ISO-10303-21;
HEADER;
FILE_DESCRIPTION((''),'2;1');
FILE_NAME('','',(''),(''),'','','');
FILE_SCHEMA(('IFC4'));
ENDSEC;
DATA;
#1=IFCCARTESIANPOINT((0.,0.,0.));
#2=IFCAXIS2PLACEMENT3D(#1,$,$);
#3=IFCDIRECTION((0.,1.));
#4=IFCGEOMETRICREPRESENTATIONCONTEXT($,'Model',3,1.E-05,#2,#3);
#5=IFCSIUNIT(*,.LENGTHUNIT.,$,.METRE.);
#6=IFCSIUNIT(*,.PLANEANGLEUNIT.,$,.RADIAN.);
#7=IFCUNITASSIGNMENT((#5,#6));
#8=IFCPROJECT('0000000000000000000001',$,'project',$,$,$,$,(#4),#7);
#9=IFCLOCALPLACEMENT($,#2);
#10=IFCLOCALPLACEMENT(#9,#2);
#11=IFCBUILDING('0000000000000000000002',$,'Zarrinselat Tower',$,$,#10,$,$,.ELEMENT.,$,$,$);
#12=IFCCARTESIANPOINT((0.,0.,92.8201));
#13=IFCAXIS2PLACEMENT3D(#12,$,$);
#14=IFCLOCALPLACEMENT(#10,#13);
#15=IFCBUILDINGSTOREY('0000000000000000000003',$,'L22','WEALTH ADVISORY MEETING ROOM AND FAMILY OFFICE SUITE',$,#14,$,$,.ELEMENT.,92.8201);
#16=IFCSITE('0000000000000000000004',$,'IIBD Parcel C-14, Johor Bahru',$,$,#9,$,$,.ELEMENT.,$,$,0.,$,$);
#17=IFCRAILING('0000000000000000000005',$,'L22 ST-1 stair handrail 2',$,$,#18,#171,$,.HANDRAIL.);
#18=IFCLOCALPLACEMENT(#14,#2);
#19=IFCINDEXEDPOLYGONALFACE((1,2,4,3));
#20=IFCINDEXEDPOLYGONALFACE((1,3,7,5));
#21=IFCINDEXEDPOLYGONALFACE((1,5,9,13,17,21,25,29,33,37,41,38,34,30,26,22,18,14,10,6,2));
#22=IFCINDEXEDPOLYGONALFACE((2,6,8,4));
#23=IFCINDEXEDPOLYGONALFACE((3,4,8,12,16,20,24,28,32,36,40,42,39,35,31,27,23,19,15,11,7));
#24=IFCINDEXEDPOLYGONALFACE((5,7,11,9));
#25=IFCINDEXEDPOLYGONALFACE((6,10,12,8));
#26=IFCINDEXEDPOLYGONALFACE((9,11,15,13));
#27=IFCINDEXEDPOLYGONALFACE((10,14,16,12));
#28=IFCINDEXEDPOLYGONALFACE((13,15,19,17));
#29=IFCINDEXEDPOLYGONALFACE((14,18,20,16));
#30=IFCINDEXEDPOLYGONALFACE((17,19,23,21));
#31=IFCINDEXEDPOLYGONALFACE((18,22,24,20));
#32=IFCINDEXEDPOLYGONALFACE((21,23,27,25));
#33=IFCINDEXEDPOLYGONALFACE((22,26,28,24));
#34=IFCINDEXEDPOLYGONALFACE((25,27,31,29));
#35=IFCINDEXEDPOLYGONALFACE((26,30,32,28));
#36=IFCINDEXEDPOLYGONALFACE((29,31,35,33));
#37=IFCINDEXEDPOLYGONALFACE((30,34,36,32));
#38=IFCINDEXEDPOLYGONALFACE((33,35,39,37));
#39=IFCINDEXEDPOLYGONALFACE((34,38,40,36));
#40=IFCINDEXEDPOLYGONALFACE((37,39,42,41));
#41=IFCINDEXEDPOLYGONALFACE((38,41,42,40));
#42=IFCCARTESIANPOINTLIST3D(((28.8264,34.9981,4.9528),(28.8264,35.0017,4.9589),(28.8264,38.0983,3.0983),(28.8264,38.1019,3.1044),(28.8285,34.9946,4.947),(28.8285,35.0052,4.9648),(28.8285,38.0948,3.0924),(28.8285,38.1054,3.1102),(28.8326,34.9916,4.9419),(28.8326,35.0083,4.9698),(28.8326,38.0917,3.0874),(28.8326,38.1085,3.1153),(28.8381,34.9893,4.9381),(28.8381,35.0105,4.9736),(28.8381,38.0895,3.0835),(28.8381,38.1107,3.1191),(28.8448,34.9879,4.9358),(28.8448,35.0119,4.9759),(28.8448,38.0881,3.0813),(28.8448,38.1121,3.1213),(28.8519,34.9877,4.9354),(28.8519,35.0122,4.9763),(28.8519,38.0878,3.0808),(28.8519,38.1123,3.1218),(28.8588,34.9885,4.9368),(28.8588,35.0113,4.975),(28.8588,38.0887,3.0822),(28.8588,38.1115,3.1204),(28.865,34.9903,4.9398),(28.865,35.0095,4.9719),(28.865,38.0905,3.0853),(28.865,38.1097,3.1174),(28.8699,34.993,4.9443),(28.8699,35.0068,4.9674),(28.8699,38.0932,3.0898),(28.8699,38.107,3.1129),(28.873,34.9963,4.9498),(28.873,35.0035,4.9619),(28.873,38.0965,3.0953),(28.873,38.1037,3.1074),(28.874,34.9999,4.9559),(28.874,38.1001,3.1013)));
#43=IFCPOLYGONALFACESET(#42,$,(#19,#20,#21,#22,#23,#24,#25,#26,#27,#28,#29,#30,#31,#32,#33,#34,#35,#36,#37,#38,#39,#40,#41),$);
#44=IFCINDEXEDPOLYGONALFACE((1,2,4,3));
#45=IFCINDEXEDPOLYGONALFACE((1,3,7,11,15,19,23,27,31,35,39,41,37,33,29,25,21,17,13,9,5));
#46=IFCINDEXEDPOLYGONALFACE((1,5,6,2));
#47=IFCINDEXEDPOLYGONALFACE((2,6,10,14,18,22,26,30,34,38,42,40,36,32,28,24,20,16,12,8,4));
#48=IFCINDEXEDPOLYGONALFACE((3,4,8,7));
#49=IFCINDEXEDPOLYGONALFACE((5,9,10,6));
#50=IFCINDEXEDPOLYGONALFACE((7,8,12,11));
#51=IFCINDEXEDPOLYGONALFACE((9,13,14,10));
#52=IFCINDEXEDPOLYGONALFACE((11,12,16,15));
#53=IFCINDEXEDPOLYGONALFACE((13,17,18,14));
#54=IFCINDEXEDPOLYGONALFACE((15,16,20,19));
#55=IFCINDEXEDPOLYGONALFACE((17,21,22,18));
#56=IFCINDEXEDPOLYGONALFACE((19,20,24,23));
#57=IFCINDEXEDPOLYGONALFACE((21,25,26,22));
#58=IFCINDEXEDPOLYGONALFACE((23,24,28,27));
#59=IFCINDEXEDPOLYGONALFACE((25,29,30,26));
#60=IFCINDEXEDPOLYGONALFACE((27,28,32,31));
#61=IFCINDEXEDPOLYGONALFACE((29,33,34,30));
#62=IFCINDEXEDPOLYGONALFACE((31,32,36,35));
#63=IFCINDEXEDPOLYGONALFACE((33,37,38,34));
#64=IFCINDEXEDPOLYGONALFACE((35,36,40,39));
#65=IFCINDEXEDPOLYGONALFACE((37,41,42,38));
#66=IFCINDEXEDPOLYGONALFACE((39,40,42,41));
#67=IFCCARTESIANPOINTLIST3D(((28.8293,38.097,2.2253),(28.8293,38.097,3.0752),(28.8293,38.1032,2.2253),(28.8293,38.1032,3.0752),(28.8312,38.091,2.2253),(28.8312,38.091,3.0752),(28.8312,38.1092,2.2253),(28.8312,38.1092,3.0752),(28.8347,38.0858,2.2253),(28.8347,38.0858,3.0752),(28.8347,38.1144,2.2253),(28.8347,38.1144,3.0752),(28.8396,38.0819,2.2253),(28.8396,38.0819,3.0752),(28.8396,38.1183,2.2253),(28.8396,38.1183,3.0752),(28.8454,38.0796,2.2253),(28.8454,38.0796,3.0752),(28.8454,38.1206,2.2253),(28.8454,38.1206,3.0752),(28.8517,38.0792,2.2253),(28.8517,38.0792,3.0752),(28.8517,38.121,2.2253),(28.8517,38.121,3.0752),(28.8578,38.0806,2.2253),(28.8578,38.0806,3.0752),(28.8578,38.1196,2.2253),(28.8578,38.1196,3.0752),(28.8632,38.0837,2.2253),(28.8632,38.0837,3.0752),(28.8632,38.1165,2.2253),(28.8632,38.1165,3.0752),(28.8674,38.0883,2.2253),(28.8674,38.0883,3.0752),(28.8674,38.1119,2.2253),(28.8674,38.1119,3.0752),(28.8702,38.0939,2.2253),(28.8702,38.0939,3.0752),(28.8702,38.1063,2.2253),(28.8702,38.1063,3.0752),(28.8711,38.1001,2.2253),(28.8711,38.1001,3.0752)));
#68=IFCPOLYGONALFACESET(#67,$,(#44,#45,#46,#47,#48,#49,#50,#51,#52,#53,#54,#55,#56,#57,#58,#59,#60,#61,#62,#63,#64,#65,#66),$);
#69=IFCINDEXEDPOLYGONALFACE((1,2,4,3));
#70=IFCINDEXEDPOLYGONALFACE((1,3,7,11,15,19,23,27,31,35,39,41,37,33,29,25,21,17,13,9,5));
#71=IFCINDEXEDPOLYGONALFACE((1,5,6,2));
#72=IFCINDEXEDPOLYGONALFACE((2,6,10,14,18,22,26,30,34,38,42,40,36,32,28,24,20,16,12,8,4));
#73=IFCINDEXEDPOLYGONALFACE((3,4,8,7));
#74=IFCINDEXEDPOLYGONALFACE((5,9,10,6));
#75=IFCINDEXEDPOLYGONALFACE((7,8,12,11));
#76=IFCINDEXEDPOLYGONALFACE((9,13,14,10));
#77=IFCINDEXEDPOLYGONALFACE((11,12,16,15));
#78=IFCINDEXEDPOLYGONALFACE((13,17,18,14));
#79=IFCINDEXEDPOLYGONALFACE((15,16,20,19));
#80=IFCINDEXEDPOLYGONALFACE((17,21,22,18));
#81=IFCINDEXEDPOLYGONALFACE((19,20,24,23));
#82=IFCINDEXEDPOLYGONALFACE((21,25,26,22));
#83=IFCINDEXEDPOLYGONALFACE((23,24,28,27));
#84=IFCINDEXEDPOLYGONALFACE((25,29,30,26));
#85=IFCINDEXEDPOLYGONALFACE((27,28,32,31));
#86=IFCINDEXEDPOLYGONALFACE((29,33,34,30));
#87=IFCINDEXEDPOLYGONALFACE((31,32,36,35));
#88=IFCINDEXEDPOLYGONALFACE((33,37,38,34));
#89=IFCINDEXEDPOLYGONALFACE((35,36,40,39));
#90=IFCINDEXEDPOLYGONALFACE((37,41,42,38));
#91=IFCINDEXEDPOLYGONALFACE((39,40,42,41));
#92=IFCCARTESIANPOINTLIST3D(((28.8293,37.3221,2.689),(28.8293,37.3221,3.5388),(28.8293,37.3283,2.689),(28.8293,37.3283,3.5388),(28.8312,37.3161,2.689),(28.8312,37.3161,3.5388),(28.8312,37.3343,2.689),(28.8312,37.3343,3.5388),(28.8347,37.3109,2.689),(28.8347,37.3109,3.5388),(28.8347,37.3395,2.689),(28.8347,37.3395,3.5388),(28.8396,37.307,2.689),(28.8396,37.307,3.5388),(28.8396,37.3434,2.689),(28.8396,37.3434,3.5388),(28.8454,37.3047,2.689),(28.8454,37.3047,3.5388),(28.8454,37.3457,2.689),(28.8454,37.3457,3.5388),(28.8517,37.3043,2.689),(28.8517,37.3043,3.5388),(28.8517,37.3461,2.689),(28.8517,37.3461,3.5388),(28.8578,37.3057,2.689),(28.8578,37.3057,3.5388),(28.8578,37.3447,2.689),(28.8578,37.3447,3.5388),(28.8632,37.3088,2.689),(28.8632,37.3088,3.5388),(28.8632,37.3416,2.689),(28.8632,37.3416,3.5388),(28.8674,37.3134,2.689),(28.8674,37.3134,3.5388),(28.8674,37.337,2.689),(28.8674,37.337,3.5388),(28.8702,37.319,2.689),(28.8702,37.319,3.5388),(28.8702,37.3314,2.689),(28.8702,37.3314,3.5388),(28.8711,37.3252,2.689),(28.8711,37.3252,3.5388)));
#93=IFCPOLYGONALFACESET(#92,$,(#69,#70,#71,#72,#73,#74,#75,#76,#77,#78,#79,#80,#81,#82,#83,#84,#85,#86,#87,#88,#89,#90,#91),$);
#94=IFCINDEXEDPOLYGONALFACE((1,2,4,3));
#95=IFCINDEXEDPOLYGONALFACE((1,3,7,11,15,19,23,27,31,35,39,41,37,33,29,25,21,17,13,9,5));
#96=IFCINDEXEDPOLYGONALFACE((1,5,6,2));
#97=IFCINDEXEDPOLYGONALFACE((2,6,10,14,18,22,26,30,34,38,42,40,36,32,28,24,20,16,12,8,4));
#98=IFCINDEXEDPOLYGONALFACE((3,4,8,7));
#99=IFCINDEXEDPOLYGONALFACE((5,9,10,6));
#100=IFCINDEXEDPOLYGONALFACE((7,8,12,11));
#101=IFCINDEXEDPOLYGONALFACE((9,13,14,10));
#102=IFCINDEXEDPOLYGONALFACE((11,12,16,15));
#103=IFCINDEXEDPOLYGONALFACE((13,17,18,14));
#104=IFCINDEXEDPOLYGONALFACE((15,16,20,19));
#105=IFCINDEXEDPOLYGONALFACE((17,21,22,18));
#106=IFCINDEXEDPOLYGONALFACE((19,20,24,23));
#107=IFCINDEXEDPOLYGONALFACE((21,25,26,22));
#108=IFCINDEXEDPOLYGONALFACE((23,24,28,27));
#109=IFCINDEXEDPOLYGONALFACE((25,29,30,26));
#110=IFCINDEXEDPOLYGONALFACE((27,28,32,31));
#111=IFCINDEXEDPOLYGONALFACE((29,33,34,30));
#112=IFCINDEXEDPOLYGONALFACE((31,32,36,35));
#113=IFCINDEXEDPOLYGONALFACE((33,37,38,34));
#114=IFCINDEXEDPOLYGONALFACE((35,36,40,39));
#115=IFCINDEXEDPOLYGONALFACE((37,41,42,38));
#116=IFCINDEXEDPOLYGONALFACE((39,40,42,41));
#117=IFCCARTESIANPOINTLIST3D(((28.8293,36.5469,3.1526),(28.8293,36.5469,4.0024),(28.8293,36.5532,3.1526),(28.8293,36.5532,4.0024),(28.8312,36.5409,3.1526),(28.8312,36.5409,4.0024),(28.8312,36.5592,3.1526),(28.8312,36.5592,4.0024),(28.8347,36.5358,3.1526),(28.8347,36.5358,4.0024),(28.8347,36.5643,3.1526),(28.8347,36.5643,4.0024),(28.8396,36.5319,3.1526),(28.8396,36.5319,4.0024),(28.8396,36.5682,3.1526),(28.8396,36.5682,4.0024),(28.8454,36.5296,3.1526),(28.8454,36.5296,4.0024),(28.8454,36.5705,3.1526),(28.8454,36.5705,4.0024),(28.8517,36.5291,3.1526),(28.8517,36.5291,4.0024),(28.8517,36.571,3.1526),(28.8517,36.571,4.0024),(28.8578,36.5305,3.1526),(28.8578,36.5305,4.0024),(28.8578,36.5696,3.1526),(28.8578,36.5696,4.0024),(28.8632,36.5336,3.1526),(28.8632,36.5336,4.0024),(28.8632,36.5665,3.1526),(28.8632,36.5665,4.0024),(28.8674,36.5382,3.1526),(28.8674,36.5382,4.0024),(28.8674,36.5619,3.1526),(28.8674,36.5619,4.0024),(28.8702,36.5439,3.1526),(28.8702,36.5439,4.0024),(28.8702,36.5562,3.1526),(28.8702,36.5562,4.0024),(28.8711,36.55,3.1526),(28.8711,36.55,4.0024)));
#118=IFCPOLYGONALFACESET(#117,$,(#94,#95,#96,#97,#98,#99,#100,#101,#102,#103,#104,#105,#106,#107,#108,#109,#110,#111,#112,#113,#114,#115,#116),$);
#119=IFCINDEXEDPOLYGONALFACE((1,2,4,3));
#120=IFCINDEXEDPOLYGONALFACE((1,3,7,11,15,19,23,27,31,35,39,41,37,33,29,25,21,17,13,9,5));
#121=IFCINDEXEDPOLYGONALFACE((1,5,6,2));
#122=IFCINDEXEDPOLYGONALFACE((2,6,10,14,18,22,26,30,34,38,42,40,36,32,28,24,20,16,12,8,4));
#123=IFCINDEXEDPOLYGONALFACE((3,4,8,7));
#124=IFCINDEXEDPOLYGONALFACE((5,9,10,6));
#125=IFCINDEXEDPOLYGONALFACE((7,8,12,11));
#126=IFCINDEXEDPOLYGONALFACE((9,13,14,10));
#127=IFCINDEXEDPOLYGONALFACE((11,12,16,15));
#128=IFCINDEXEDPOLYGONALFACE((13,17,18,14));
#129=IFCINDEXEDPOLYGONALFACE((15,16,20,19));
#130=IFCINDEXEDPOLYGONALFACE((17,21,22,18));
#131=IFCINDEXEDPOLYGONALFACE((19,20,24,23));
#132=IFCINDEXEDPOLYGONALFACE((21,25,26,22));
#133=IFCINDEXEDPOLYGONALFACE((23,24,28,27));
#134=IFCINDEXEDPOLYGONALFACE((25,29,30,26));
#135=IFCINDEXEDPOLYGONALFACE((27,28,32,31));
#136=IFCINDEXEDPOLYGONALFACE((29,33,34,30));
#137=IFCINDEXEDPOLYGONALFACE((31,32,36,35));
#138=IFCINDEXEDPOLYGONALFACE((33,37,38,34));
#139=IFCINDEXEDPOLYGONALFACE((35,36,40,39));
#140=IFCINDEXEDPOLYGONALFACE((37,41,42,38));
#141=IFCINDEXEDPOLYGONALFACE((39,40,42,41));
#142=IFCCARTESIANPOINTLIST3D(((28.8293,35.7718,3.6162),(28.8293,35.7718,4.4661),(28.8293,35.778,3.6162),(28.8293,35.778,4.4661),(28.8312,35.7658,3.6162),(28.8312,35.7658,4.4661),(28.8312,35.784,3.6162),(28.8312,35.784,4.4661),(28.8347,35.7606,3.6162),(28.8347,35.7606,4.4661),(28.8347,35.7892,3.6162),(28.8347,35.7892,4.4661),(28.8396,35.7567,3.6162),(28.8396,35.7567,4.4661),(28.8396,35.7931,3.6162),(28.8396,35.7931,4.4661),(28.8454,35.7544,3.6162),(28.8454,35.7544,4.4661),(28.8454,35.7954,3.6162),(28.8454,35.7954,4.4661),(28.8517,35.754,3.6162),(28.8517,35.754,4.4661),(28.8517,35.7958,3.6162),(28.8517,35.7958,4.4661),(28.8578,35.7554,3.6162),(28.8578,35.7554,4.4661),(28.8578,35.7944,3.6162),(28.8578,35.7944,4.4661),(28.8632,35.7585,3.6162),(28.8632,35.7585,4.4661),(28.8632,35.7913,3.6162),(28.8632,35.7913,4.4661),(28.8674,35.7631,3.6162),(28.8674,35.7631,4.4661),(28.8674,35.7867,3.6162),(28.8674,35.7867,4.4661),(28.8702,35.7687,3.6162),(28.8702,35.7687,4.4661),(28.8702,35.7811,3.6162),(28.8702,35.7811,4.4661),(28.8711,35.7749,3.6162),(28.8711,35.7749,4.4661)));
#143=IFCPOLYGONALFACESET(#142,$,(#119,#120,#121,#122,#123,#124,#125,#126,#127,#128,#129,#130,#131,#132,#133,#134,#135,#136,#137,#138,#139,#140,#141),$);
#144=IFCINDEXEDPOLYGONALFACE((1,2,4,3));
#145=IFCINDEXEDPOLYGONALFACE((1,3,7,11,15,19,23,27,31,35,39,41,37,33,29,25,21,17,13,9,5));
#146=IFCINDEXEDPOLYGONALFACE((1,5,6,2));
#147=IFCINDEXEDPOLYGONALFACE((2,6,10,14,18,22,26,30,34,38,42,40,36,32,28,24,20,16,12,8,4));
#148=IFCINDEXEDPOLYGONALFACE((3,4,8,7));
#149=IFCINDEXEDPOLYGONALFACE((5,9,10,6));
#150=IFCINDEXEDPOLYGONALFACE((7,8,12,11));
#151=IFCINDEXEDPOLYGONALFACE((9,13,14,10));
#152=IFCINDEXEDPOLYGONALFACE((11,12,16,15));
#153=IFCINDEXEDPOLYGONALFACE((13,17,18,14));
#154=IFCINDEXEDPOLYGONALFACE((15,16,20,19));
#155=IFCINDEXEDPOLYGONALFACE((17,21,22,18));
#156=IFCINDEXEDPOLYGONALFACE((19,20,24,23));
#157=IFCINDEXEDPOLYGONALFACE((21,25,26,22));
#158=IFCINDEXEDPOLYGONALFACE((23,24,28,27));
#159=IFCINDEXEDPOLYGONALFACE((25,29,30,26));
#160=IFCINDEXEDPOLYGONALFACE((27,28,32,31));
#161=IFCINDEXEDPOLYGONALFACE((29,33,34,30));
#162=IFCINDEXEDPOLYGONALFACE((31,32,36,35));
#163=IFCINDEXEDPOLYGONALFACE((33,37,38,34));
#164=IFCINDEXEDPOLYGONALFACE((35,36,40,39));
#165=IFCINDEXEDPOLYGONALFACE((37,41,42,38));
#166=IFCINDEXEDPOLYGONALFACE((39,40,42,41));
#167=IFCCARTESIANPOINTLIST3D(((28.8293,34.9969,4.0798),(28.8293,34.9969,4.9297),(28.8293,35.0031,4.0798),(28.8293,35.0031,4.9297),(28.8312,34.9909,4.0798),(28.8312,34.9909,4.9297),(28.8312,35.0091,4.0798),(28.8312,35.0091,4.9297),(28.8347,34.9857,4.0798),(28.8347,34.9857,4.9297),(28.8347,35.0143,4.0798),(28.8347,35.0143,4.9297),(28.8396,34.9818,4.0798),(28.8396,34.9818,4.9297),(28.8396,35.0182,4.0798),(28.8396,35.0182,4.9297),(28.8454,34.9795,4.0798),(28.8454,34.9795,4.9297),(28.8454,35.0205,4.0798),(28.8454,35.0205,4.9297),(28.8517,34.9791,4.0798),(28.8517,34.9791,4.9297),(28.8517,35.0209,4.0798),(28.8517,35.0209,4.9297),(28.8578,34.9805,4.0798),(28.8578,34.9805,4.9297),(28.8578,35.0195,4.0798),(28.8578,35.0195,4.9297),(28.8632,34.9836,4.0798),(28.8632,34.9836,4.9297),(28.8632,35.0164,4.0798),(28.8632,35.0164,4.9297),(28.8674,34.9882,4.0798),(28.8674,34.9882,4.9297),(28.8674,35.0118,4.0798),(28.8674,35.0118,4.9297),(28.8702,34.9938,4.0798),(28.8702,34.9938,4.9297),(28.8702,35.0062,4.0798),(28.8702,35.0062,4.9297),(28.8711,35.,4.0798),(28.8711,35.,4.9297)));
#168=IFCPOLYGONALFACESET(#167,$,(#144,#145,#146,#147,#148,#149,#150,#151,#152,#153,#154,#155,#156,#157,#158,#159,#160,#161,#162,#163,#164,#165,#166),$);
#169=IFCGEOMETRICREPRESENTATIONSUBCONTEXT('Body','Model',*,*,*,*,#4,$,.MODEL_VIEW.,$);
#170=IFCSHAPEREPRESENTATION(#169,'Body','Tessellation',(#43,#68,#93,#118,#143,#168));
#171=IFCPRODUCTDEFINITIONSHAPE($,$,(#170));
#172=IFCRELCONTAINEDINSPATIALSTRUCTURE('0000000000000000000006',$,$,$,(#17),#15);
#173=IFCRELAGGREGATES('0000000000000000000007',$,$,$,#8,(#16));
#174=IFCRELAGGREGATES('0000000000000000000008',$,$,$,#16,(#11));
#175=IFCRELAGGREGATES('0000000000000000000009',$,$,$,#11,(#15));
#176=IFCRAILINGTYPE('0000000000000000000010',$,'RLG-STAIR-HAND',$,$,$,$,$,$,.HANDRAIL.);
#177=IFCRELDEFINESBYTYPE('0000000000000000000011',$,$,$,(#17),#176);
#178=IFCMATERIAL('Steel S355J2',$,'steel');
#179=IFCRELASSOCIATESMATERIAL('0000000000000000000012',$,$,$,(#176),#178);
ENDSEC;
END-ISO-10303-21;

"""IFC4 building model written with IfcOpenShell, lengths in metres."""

from ifc_helpers import new_model, si_unit, direction, frame, origin, origin_2d, place, context, subcontext, project, spatial, circle, extrude, material, type_object, element, save


model = new_model("IFC4")

# Units and contexts
model_context = context("Model", 3, precision=1e-05, world=origin(), true_north=direction((0.0, 1.0)))
body_context = subcontext(model_context, "Body", "Model", "MODEL_VIEW")
ifc_project = project(units=[si_unit("LENGTHUNIT", "METRE"), si_unit("PLANEANGLEUNIT", "RADIAN")], contexts=[model_context])

# Site, building, storey
site_placement = place(None, origin())
site = spatial("IfcSite", under=ifc_project, at=site_placement, Name="IIBD Parcel C-14, Johor Bahru", CompositionType="ELEMENT", RefElevation=0.0)
building_placement = place(site_placement, origin())
building = spatial("IfcBuilding", under=site, at=building_placement, Name="Zarrinselat Tower", CompositionType="ELEMENT")
storey_placement = place(building_placement, frame((0.0, 0.0, 92.8201)))
storey = spatial("IfcBuildingStorey", under=building, at=storey_placement, Name="L22", Description="WEALTH ADVISORY MEETING ROOM AND FAMILY OFFICE SUITE", CompositionType="ELEMENT", Elevation=92.8201)

# Railing
ifc_material_1 = material(Name="Steel S355J2", Category="steel")
railing_type_1 = type_object("IfcRailingType", Name="RLG-STAIR-HAND", PredefinedType="HANDRAIL", material=ifc_material_1)
railing_1_placement = place(storey_placement, frame((28.8501, 38.1001, 2.2253)))
element("IfcRailing", 1, at=railing_1_placement, inside=storey, type_object=railing_type_1, Name="L22 ST-1 stair handrail 2", PredefinedType="HANDRAIL", context=body_context, shape_type="SweptSolid", body=[
    extrude(circle(Radius=0.0239, at=origin_2d()), frame((0.0, 0.0, 0.876), z_axis=(0.0, -0.858172, 0.513362), x_axis=(1.0, 0.0, 0.0)), (0.0, 0.0, 1.0), 3.6125),
    extrude(circle(Radius=0.021, at=origin_2d()), origin(), (0.0, 0.0, 1.0), 0.8499),
    extrude(circle(Radius=0.021, at=origin_2d()), frame((0.0, -0.7749, 0.4636)), (0.0, 0.0, 1.0), 0.8499),
    extrude(circle(Radius=0.021, at=origin_2d()), frame((0.0, -1.55, 0.9272)), (0.0, 0.0, 1.0), 0.8499),
    extrude(circle(Radius=0.021, at=origin_2d()), frame((0.0, -2.3252, 1.3909)), (0.0, 0.0, 1.0), 0.8499),
    extrude(circle(Radius=0.021, at=origin_2d()), frame((0.0, -3.1001, 1.8545)), (0.0, 0.0, 1.0), 0.8499),
])

save(model, "model.ifc")
